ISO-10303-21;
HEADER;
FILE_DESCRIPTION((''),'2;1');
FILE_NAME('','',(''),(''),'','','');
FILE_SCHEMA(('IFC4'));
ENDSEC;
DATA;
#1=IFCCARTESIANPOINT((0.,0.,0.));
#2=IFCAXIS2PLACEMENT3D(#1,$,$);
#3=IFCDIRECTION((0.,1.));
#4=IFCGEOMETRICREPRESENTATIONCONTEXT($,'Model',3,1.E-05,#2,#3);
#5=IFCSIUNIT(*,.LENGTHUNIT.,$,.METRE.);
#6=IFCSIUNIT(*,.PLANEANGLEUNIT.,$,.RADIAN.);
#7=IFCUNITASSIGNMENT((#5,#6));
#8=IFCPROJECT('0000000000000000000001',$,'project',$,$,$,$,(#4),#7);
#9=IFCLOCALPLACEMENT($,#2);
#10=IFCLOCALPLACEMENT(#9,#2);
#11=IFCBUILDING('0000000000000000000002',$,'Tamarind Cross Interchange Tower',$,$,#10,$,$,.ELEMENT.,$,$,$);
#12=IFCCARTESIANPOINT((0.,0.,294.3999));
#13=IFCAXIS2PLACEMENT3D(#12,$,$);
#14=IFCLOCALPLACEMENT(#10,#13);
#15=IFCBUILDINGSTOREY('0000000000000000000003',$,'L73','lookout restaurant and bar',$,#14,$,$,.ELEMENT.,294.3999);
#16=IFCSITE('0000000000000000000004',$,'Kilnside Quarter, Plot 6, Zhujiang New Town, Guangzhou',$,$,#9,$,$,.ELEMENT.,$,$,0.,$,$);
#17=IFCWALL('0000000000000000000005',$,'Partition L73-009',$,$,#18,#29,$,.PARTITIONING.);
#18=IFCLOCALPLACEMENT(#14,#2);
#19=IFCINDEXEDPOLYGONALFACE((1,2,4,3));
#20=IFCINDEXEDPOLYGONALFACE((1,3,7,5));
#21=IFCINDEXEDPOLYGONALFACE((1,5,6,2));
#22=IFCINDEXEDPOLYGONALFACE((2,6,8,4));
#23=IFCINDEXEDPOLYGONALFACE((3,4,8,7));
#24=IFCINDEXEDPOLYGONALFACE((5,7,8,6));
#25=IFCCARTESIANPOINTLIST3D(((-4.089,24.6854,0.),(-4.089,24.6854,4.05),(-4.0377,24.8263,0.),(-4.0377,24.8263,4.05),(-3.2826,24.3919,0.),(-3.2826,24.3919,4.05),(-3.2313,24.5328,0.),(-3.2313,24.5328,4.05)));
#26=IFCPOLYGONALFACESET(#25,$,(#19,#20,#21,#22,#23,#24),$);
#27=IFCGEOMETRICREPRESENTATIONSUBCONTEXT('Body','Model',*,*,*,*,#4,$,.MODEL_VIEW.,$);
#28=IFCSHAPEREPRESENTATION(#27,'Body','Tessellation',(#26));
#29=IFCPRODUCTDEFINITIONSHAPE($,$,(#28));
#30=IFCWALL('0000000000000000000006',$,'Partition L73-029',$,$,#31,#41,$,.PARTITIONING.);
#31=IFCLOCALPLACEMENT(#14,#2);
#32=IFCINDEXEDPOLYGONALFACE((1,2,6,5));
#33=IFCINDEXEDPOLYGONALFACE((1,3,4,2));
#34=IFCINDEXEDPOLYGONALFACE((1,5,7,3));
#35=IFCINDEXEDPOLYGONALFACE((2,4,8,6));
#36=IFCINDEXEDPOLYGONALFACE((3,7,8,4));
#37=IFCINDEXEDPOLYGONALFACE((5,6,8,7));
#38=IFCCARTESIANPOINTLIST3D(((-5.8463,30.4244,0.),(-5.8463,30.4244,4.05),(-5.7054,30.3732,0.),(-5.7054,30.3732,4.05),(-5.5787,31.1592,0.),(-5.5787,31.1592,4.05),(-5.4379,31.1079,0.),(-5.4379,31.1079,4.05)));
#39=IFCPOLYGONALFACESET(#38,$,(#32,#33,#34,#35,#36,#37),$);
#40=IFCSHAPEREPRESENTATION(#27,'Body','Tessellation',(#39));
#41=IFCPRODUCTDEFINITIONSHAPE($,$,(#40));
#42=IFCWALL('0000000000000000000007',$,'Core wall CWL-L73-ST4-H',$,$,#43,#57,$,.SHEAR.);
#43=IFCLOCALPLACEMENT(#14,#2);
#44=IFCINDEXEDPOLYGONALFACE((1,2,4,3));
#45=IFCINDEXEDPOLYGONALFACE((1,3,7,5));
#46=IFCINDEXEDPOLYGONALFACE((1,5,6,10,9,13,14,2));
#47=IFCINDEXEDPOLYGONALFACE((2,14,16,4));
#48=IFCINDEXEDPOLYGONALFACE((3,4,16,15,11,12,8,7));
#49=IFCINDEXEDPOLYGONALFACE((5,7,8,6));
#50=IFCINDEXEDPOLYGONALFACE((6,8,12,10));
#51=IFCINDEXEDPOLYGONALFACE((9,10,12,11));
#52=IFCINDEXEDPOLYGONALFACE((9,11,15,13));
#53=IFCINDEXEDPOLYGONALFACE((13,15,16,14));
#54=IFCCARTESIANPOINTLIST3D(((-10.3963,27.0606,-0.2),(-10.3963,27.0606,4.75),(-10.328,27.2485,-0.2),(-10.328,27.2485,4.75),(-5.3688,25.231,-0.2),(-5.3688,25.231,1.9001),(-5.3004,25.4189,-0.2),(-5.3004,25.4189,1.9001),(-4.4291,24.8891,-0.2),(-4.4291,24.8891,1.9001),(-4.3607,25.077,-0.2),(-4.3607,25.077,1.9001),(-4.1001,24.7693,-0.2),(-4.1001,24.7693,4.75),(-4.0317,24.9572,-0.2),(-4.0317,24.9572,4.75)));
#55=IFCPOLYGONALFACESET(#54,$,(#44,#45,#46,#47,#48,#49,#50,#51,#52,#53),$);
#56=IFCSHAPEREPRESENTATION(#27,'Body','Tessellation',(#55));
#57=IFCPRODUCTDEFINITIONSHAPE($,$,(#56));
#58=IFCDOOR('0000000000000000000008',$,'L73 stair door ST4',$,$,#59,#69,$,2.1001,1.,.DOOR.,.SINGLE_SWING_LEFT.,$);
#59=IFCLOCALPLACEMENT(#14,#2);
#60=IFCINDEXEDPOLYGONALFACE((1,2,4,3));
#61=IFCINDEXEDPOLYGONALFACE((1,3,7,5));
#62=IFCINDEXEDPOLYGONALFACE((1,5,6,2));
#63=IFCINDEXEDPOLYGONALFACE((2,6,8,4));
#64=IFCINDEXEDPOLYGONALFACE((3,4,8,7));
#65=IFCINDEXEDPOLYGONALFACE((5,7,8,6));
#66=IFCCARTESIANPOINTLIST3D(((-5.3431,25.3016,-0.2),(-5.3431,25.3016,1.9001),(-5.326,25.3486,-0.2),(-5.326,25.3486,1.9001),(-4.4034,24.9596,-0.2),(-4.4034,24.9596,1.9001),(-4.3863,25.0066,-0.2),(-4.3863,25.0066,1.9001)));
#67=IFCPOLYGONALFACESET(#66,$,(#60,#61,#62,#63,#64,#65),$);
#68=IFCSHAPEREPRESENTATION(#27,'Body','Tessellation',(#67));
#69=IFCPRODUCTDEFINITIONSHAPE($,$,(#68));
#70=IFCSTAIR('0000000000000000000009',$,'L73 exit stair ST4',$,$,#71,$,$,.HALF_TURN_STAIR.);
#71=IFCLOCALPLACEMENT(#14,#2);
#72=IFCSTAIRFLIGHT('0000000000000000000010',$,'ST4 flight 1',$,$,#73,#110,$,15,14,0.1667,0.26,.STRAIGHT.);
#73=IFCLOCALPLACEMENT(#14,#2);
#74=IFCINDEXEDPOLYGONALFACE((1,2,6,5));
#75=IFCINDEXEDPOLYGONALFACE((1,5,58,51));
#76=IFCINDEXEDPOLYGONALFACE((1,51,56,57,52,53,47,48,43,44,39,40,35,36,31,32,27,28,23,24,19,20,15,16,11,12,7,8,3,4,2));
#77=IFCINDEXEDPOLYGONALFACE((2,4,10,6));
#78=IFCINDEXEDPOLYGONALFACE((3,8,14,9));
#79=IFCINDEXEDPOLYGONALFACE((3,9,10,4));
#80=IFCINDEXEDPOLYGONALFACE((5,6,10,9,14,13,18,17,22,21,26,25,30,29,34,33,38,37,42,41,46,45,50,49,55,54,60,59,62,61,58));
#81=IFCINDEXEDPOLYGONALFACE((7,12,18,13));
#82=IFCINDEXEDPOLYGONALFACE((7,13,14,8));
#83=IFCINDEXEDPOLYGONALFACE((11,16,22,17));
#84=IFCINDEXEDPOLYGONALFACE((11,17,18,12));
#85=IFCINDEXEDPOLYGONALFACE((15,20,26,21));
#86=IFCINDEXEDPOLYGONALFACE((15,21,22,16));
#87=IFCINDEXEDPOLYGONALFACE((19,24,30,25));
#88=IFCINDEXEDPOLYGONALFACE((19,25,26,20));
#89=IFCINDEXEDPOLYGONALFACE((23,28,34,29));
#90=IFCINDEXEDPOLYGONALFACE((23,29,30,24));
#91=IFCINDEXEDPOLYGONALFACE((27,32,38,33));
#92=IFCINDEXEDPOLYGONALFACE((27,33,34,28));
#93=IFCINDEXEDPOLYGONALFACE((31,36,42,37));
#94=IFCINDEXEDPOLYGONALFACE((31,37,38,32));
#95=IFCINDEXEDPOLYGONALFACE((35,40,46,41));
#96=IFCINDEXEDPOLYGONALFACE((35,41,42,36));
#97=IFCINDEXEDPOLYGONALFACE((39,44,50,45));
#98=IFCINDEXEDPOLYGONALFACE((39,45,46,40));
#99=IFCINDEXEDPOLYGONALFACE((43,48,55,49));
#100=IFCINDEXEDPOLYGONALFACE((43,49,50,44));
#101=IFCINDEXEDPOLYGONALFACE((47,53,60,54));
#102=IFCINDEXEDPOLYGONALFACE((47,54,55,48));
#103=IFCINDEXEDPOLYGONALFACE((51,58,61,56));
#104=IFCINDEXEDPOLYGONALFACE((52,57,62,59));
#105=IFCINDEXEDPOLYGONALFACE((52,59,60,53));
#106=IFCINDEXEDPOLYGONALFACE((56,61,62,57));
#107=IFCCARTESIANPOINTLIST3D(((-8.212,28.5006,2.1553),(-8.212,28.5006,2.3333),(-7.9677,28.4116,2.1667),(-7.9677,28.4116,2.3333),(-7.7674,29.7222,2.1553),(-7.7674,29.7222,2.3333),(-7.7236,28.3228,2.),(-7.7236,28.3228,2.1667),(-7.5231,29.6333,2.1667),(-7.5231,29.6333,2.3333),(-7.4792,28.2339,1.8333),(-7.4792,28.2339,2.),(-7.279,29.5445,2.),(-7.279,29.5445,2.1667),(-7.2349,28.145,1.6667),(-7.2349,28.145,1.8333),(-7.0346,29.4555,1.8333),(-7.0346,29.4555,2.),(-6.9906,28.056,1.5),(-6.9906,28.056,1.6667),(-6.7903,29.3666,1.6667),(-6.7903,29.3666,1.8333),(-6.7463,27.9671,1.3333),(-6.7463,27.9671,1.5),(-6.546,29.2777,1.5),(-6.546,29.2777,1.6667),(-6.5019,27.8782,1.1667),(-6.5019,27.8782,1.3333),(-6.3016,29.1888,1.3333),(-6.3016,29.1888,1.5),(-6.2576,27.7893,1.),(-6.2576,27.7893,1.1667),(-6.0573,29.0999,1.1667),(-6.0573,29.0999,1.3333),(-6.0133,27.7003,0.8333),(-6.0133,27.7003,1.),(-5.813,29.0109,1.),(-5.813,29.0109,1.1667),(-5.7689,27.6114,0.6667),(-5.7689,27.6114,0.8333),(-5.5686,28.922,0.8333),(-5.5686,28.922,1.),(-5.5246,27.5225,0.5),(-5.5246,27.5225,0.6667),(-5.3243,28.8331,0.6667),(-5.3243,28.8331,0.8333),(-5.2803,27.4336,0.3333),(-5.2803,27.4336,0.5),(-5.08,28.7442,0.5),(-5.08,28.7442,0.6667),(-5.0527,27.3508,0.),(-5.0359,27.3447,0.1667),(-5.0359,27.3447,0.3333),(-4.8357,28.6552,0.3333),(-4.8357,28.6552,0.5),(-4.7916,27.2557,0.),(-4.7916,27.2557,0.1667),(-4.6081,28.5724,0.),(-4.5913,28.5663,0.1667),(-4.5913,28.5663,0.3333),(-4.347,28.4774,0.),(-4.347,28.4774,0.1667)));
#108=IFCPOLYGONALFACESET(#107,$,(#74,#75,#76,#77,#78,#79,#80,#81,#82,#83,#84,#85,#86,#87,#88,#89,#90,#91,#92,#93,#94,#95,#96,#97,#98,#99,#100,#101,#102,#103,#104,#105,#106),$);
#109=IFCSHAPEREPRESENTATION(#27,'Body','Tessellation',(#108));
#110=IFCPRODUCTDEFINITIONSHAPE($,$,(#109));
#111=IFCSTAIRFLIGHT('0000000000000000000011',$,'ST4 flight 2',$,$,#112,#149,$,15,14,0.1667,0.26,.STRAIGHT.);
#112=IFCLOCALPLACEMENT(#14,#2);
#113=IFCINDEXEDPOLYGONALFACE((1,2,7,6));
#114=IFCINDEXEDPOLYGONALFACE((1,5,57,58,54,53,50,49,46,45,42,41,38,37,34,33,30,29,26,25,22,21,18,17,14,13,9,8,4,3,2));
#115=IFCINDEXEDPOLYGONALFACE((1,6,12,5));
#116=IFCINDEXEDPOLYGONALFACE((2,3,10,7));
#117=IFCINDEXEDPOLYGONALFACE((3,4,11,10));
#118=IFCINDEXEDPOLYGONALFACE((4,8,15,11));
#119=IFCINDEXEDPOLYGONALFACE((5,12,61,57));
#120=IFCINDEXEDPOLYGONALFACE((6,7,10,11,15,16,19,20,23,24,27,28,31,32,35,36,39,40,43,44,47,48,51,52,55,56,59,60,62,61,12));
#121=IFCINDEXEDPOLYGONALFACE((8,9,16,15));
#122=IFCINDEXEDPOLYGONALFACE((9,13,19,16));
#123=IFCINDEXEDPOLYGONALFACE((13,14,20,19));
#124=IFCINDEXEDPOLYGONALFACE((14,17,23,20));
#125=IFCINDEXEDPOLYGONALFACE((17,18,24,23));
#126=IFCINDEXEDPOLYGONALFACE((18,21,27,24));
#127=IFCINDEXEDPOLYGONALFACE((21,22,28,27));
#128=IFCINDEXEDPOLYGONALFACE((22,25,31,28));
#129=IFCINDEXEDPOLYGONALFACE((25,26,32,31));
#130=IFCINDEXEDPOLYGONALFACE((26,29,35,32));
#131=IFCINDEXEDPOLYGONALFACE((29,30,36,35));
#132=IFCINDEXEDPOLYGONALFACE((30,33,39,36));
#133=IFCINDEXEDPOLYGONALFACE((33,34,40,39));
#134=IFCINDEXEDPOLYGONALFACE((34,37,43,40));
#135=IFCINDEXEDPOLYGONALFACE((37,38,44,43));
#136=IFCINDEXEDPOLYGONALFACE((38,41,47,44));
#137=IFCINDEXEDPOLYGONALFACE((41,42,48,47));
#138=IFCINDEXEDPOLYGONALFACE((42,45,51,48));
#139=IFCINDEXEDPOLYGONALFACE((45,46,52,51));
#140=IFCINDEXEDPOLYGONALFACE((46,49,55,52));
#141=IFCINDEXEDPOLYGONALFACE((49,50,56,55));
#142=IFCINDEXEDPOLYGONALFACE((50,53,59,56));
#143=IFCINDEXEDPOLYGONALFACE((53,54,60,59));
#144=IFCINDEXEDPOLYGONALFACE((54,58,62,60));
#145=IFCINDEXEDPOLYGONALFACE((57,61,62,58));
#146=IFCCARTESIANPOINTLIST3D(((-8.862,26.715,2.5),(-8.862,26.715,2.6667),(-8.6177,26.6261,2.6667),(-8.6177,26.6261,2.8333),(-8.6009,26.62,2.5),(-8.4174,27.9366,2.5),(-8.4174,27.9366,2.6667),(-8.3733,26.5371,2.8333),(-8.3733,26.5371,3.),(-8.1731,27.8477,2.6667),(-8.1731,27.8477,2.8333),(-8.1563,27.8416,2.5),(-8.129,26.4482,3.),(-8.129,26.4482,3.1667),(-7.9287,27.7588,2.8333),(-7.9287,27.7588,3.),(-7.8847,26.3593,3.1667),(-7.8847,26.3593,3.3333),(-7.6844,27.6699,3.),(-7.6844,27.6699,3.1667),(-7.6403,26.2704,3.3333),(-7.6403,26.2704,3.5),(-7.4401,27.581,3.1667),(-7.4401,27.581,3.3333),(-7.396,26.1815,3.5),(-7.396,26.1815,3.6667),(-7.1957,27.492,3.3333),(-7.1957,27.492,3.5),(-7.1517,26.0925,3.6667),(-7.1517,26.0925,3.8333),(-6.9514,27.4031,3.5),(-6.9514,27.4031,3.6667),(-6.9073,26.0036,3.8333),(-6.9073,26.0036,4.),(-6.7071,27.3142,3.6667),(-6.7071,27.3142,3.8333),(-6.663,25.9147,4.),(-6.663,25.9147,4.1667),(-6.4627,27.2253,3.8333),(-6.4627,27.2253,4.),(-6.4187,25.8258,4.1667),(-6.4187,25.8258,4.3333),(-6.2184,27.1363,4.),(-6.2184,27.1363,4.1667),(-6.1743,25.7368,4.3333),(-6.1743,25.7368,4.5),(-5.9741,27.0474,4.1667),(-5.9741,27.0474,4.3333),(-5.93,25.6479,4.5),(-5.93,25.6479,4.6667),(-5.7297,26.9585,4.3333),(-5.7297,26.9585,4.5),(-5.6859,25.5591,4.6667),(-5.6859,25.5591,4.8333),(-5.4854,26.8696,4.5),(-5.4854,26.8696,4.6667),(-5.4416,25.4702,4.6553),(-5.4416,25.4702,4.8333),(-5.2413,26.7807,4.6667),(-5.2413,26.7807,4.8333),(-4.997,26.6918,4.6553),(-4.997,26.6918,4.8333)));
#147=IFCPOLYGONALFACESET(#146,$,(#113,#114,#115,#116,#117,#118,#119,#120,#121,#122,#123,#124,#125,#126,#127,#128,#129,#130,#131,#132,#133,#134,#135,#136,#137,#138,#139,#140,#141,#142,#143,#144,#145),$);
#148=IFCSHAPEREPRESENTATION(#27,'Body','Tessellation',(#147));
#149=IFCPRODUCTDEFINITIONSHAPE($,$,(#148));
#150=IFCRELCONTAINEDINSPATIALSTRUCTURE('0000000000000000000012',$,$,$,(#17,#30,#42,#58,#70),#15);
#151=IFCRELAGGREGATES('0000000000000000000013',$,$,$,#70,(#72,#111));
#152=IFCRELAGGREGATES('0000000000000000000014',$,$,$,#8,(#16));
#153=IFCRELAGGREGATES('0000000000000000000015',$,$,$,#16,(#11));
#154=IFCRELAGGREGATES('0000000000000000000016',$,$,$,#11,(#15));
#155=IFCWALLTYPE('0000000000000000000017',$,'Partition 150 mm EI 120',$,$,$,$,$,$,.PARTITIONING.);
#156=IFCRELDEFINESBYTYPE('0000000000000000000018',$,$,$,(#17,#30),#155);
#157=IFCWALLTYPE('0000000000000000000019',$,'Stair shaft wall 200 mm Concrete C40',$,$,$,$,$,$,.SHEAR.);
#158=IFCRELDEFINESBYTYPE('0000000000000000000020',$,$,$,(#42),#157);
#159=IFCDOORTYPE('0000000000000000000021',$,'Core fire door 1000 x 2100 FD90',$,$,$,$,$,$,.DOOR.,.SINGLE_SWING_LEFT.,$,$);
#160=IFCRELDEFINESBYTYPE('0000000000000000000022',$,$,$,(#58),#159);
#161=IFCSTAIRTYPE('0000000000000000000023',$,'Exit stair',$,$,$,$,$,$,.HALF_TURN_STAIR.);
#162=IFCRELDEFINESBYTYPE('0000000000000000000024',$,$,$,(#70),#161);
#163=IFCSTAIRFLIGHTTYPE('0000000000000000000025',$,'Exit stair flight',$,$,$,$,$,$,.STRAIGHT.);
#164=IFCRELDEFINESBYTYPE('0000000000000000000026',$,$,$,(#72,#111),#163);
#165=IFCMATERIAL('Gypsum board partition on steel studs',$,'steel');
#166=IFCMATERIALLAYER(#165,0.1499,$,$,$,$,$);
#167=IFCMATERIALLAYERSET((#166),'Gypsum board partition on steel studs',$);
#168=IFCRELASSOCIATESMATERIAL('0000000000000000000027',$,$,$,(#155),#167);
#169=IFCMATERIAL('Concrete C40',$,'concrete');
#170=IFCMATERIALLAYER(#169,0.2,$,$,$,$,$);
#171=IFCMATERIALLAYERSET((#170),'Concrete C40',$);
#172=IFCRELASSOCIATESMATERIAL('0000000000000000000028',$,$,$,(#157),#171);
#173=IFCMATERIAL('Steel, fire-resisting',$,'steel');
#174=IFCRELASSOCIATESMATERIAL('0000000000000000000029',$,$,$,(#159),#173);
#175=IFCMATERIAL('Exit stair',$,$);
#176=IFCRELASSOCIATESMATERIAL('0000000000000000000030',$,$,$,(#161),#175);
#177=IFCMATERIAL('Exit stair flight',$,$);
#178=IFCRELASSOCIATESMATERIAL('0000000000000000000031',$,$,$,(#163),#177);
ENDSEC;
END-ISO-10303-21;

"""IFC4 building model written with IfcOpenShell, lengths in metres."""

from ifc_helpers import new_model, si_unit, direction, frame, frame_2d, origin, place, context, subcontext, project, spatial, polyline, rectangle, outline, extrude, material, layer, layer_set, type_object, element, fill, aggregate, save


model = new_model("IFC4")

# Units and contexts
model_context = context("Model", 3, precision=1e-05, world=origin(), true_north=direction((0.0, 1.0)))
body_context = subcontext(model_context, "Body", "Model", "MODEL_VIEW")
ifc_project = project(units=[si_unit("LENGTHUNIT", "METRE"), si_unit("PLANEANGLEUNIT", "RADIAN")], contexts=[model_context])

# Site, building, storey
site_placement = place(None, origin())
site = spatial("IfcSite", under=ifc_project, at=site_placement, Name="Kilnside Quarter, Plot 6, Zhujiang New Town, Guangzhou", CompositionType="ELEMENT", RefElevation=0.0)
building_placement = place(site_placement, origin())
building = spatial("IfcBuilding", under=site, at=building_placement, Name="Tamarind Cross Interchange Tower", CompositionType="ELEMENT")
storey_placement = place(building_placement, frame((0.0, 0.0, 294.3999)))
storey = spatial("IfcBuildingStorey", under=building, at=storey_placement, Name="L73", Description="lookout restaurant and bar", CompositionType="ELEMENT", Elevation=294.3999)

# Shared definitions
ifc_material_1 = material(Name="Gypsum board partition on steel studs", Category="steel")
ifc_layer_1 = layer(ifc_material_1, 0.1499)
ifc_layer_set_1 = layer_set([ifc_layer_1], Name="Gypsum board partition on steel studs")
wall_type_1 = type_object("IfcWallType", Name="Partition 150 mm EI 120", PredefinedType="PARTITIONING", material=ifc_layer_set_1)

# Walls
wall_1_placement = place(storey_placement, frame((-4.0635, 24.7559, 0.0), z_axis=(0.0, 0.0, 1.0), x_axis=(0.93971, -0.341971, 0.0)))
element("IfcWall", 1, at=wall_1_placement, inside=storey, type_object=wall_type_1, Name="Partition L73-009", PredefinedType="PARTITIONING", context=body_context, shape_type="SweptSolid", body=[
    extrude(rectangle(XDim=0.8582, YDim=0.1499, at=frame_2d((0.4292, 0.0))), origin(), (0.0, 0.0, 1.0), 4.05),
])
wall_2_placement = place(storey_placement, frame((-5.7759, 30.3987, 0.0), z_axis=(0.0, 0.0, 1.0), x_axis=(0.342144, 0.939648, 0.0)))
element("IfcWall", 2, at=wall_2_placement, inside=storey, type_object=wall_type_1, Name="Partition L73-029", PredefinedType="PARTITIONING", context=body_context, shape_type="SweptSolid", body=[
    extrude(rectangle(XDim=0.782, YDim=0.1499, at=frame_2d((0.3911, 0.0))), origin(), (0.0, 0.0, 1.0), 4.05),
])

# Wall, opening, door
ifc_material_2 = material(Name="Concrete C40", Category="concrete")
ifc_layer_2 = layer(ifc_material_2, 0.2)
ifc_layer_set_2 = layer_set([ifc_layer_2], Name="Concrete C40")
wall_type_2 = type_object("IfcWallType", Name="Stair shaft wall 200 mm Concrete C40", PredefinedType="SHEAR", material=ifc_layer_set_2)
wall_3_placement = place(storey_placement, frame((-4.0659, 24.8633, -0.2), z_axis=(0.0, 0.0, 1.0), x_axis=(-0.939709, 0.341974, 0.0)))
wall_3 = element("IfcWall", 3, at=wall_3_placement, inside=storey, type_object=wall_type_2, Name="Core wall CWL-L73-ST4-H", PredefinedType="SHEAR", context=body_context, shape_type="SweptSolid", body=[
    extrude(rectangle(XDim=6.7002, YDim=0.2, at=frame_2d((3.3501, 0.0))), origin(), (0.0, 0.0, 1.0), 4.95),
])
opening_1_placement = place(wall_3_placement, frame((0.3501, 0.0, 0.0)))
opening_1 = element("IfcOpeningElement", 4, at=opening_1_placement, cuts=wall_3, PredefinedType="OPENING", context=body_context, shape_type="SweptSolid", body=[
    extrude(rectangle(XDim=1.0, YDim=2.1001, at=frame_2d((0.5, 1.05))), frame((0.0, 0.1099, 0.0), z_axis=(0.0, -1.0, 0.0), x_axis=(1.0, 0.0, 0.0)), (0.0, 0.0, 1.0), 0.22),
])
ifc_material_3 = material(Name="Steel, fire-resisting", Category="steel")
door_type_1 = type_object("IfcDoorType", Name="Core fire door 1000 x 2100 FD90", OperationType="SINGLE_SWING_LEFT", PredefinedType="DOOR", material=ifc_material_3)
door_1_placement = place(opening_1_placement, origin())
door_1 = element("IfcDoor", 5, at=door_1_placement, inside=storey, type_object=door_type_1, Name="L73 stair door ST4", OperationType="SINGLE_SWING_LEFT", OverallHeight=2.1001, OverallWidth=1.0, PredefinedType="DOOR", context=body_context, shape_type="SweptSolid", body=[
    extrude(rectangle(XDim=1.0, YDim=2.1001, at=frame_2d((0.5, 1.05))), frame((0.0, 0.0249, 0.0), z_axis=(0.0, -1.0, 0.0), x_axis=(1.0, 0.0, 0.0)), (0.0, 0.0, 1.0), 0.05),
])
fill(opening_1, door_1)

# Stair, stair flights
ifc_material_4 = material(Name="Exit stair")
stair_type = type_object("IfcStairType", Name="Exit stair", PredefinedType="HALF_TURN_STAIR", material=ifc_material_4)
stair_placement = place(storey_placement, origin())
stair = element("IfcStair", 6, at=stair_placement, inside=storey, type_object=stair_type, Name="L73 exit stair ST4", PredefinedType="HALF_TURN_STAIR")
ifc_material_5 = material(Name="Exit stair flight")
stair_flight_type = type_object("IfcStairFlightType", Name="Exit stair flight", PredefinedType="STRAIGHT", material=ifc_material_5)
stair_flight_1_placement = place(storey_placement, frame((-4.5693, 27.8665, 0.0), z_axis=(0.0, 0.0, 1.0), x_axis=(-0.939702, 0.341994, 0.0)))
stair_flight_1 = element("IfcStairFlight", 7, at=stair_flight_1_placement, type_object=stair_flight_type, Name="ST4 flight 1", NumberOfRisers=15, NumberOfTreads=14, PredefinedType="STRAIGHT", RiserHeight=0.1667, TreadLength=0.26, context=body_context, shape_type="SweptSolid", body=[
    extrude(outline(polyline([(0.0, 0.0), (0.0, 0.1667), (0.26, 0.1667), (0.26, 0.3333), (0.52, 0.3333), (0.52, 0.5), (0.78, 0.5), (0.78, 0.6667), (1.04, 0.6667), (1.04, 0.8333), (1.3, 0.8333), (1.3, 1.0), (1.5601, 1.0), (1.5601, 1.1667), (1.8201, 1.1667), (1.8201, 1.3333), (2.0801, 1.3333), (2.0801, 1.5), (2.3401, 1.5), (2.3401, 1.6667), (2.6001, 1.6667), (2.6001, 1.8333), (2.8601, 1.8333), (2.8601, 2.0), (3.1201, 2.0), (3.1201, 2.1667), (3.3799, 2.1667), (3.3799, 2.3333), (3.6399, 2.3333), (3.6399, 2.5), (3.6399, 2.1553), (0.2778, 0.0), (0.0, 0.0)])), frame((0.0, 0.6499, 0.0), z_axis=(0.0, -1.0, 0.0), x_axis=(1.0, 0.0, 0.0)), (0.0, 0.0, 1.0), 1.3),
])
stair_flight_2_placement = place(storey_placement, frame((-8.6396, 27.3259, 2.5), z_axis=(0.0, 0.0, 1.0), x_axis=(0.939702, -0.341994, 0.0)))
stair_flight_2 = element("IfcStairFlight", 8, at=stair_flight_2_placement, type_object=stair_flight_type, Name="ST4 flight 2", NumberOfRisers=15, NumberOfTreads=14, PredefinedType="STRAIGHT", RiserHeight=0.1667, TreadLength=0.26, context=body_context, shape_type="SweptSolid", body=[
    extrude(outline(polyline([(0.0, 0.0), (0.0, 0.1667), (0.26, 0.1667), (0.26, 0.3333), (0.52, 0.3333), (0.52, 0.5), (0.78, 0.5), (0.78, 0.6667), (1.04, 0.6667), (1.04, 0.8333), (1.3, 0.8333), (1.3, 1.0), (1.5601, 1.0), (1.5601, 1.1667), (1.8201, 1.1667), (1.8201, 1.3333), (2.0801, 1.3333), (2.0801, 1.5), (2.3401, 1.5), (2.3401, 1.6667), (2.6001, 1.6667), (2.6001, 1.8333), (2.8601, 1.8333), (2.8601, 2.0), (3.1201, 2.0), (3.1201, 2.1667), (3.3799, 2.1667), (3.3799, 2.3333), (3.6399, 2.3333), (3.6399, 2.5), (3.6399, 2.1553), (0.2778, 0.0), (0.0, 0.0)])), frame((0.0, 0.6499, 0.0), z_axis=(0.0, -1.0, 0.0), x_axis=(1.0, 0.0, 0.0)), (0.0, 0.0, 1.0), 1.3),
])
aggregate(stair, [stair_flight_1, stair_flight_2])

save(model, "model.ifc")
